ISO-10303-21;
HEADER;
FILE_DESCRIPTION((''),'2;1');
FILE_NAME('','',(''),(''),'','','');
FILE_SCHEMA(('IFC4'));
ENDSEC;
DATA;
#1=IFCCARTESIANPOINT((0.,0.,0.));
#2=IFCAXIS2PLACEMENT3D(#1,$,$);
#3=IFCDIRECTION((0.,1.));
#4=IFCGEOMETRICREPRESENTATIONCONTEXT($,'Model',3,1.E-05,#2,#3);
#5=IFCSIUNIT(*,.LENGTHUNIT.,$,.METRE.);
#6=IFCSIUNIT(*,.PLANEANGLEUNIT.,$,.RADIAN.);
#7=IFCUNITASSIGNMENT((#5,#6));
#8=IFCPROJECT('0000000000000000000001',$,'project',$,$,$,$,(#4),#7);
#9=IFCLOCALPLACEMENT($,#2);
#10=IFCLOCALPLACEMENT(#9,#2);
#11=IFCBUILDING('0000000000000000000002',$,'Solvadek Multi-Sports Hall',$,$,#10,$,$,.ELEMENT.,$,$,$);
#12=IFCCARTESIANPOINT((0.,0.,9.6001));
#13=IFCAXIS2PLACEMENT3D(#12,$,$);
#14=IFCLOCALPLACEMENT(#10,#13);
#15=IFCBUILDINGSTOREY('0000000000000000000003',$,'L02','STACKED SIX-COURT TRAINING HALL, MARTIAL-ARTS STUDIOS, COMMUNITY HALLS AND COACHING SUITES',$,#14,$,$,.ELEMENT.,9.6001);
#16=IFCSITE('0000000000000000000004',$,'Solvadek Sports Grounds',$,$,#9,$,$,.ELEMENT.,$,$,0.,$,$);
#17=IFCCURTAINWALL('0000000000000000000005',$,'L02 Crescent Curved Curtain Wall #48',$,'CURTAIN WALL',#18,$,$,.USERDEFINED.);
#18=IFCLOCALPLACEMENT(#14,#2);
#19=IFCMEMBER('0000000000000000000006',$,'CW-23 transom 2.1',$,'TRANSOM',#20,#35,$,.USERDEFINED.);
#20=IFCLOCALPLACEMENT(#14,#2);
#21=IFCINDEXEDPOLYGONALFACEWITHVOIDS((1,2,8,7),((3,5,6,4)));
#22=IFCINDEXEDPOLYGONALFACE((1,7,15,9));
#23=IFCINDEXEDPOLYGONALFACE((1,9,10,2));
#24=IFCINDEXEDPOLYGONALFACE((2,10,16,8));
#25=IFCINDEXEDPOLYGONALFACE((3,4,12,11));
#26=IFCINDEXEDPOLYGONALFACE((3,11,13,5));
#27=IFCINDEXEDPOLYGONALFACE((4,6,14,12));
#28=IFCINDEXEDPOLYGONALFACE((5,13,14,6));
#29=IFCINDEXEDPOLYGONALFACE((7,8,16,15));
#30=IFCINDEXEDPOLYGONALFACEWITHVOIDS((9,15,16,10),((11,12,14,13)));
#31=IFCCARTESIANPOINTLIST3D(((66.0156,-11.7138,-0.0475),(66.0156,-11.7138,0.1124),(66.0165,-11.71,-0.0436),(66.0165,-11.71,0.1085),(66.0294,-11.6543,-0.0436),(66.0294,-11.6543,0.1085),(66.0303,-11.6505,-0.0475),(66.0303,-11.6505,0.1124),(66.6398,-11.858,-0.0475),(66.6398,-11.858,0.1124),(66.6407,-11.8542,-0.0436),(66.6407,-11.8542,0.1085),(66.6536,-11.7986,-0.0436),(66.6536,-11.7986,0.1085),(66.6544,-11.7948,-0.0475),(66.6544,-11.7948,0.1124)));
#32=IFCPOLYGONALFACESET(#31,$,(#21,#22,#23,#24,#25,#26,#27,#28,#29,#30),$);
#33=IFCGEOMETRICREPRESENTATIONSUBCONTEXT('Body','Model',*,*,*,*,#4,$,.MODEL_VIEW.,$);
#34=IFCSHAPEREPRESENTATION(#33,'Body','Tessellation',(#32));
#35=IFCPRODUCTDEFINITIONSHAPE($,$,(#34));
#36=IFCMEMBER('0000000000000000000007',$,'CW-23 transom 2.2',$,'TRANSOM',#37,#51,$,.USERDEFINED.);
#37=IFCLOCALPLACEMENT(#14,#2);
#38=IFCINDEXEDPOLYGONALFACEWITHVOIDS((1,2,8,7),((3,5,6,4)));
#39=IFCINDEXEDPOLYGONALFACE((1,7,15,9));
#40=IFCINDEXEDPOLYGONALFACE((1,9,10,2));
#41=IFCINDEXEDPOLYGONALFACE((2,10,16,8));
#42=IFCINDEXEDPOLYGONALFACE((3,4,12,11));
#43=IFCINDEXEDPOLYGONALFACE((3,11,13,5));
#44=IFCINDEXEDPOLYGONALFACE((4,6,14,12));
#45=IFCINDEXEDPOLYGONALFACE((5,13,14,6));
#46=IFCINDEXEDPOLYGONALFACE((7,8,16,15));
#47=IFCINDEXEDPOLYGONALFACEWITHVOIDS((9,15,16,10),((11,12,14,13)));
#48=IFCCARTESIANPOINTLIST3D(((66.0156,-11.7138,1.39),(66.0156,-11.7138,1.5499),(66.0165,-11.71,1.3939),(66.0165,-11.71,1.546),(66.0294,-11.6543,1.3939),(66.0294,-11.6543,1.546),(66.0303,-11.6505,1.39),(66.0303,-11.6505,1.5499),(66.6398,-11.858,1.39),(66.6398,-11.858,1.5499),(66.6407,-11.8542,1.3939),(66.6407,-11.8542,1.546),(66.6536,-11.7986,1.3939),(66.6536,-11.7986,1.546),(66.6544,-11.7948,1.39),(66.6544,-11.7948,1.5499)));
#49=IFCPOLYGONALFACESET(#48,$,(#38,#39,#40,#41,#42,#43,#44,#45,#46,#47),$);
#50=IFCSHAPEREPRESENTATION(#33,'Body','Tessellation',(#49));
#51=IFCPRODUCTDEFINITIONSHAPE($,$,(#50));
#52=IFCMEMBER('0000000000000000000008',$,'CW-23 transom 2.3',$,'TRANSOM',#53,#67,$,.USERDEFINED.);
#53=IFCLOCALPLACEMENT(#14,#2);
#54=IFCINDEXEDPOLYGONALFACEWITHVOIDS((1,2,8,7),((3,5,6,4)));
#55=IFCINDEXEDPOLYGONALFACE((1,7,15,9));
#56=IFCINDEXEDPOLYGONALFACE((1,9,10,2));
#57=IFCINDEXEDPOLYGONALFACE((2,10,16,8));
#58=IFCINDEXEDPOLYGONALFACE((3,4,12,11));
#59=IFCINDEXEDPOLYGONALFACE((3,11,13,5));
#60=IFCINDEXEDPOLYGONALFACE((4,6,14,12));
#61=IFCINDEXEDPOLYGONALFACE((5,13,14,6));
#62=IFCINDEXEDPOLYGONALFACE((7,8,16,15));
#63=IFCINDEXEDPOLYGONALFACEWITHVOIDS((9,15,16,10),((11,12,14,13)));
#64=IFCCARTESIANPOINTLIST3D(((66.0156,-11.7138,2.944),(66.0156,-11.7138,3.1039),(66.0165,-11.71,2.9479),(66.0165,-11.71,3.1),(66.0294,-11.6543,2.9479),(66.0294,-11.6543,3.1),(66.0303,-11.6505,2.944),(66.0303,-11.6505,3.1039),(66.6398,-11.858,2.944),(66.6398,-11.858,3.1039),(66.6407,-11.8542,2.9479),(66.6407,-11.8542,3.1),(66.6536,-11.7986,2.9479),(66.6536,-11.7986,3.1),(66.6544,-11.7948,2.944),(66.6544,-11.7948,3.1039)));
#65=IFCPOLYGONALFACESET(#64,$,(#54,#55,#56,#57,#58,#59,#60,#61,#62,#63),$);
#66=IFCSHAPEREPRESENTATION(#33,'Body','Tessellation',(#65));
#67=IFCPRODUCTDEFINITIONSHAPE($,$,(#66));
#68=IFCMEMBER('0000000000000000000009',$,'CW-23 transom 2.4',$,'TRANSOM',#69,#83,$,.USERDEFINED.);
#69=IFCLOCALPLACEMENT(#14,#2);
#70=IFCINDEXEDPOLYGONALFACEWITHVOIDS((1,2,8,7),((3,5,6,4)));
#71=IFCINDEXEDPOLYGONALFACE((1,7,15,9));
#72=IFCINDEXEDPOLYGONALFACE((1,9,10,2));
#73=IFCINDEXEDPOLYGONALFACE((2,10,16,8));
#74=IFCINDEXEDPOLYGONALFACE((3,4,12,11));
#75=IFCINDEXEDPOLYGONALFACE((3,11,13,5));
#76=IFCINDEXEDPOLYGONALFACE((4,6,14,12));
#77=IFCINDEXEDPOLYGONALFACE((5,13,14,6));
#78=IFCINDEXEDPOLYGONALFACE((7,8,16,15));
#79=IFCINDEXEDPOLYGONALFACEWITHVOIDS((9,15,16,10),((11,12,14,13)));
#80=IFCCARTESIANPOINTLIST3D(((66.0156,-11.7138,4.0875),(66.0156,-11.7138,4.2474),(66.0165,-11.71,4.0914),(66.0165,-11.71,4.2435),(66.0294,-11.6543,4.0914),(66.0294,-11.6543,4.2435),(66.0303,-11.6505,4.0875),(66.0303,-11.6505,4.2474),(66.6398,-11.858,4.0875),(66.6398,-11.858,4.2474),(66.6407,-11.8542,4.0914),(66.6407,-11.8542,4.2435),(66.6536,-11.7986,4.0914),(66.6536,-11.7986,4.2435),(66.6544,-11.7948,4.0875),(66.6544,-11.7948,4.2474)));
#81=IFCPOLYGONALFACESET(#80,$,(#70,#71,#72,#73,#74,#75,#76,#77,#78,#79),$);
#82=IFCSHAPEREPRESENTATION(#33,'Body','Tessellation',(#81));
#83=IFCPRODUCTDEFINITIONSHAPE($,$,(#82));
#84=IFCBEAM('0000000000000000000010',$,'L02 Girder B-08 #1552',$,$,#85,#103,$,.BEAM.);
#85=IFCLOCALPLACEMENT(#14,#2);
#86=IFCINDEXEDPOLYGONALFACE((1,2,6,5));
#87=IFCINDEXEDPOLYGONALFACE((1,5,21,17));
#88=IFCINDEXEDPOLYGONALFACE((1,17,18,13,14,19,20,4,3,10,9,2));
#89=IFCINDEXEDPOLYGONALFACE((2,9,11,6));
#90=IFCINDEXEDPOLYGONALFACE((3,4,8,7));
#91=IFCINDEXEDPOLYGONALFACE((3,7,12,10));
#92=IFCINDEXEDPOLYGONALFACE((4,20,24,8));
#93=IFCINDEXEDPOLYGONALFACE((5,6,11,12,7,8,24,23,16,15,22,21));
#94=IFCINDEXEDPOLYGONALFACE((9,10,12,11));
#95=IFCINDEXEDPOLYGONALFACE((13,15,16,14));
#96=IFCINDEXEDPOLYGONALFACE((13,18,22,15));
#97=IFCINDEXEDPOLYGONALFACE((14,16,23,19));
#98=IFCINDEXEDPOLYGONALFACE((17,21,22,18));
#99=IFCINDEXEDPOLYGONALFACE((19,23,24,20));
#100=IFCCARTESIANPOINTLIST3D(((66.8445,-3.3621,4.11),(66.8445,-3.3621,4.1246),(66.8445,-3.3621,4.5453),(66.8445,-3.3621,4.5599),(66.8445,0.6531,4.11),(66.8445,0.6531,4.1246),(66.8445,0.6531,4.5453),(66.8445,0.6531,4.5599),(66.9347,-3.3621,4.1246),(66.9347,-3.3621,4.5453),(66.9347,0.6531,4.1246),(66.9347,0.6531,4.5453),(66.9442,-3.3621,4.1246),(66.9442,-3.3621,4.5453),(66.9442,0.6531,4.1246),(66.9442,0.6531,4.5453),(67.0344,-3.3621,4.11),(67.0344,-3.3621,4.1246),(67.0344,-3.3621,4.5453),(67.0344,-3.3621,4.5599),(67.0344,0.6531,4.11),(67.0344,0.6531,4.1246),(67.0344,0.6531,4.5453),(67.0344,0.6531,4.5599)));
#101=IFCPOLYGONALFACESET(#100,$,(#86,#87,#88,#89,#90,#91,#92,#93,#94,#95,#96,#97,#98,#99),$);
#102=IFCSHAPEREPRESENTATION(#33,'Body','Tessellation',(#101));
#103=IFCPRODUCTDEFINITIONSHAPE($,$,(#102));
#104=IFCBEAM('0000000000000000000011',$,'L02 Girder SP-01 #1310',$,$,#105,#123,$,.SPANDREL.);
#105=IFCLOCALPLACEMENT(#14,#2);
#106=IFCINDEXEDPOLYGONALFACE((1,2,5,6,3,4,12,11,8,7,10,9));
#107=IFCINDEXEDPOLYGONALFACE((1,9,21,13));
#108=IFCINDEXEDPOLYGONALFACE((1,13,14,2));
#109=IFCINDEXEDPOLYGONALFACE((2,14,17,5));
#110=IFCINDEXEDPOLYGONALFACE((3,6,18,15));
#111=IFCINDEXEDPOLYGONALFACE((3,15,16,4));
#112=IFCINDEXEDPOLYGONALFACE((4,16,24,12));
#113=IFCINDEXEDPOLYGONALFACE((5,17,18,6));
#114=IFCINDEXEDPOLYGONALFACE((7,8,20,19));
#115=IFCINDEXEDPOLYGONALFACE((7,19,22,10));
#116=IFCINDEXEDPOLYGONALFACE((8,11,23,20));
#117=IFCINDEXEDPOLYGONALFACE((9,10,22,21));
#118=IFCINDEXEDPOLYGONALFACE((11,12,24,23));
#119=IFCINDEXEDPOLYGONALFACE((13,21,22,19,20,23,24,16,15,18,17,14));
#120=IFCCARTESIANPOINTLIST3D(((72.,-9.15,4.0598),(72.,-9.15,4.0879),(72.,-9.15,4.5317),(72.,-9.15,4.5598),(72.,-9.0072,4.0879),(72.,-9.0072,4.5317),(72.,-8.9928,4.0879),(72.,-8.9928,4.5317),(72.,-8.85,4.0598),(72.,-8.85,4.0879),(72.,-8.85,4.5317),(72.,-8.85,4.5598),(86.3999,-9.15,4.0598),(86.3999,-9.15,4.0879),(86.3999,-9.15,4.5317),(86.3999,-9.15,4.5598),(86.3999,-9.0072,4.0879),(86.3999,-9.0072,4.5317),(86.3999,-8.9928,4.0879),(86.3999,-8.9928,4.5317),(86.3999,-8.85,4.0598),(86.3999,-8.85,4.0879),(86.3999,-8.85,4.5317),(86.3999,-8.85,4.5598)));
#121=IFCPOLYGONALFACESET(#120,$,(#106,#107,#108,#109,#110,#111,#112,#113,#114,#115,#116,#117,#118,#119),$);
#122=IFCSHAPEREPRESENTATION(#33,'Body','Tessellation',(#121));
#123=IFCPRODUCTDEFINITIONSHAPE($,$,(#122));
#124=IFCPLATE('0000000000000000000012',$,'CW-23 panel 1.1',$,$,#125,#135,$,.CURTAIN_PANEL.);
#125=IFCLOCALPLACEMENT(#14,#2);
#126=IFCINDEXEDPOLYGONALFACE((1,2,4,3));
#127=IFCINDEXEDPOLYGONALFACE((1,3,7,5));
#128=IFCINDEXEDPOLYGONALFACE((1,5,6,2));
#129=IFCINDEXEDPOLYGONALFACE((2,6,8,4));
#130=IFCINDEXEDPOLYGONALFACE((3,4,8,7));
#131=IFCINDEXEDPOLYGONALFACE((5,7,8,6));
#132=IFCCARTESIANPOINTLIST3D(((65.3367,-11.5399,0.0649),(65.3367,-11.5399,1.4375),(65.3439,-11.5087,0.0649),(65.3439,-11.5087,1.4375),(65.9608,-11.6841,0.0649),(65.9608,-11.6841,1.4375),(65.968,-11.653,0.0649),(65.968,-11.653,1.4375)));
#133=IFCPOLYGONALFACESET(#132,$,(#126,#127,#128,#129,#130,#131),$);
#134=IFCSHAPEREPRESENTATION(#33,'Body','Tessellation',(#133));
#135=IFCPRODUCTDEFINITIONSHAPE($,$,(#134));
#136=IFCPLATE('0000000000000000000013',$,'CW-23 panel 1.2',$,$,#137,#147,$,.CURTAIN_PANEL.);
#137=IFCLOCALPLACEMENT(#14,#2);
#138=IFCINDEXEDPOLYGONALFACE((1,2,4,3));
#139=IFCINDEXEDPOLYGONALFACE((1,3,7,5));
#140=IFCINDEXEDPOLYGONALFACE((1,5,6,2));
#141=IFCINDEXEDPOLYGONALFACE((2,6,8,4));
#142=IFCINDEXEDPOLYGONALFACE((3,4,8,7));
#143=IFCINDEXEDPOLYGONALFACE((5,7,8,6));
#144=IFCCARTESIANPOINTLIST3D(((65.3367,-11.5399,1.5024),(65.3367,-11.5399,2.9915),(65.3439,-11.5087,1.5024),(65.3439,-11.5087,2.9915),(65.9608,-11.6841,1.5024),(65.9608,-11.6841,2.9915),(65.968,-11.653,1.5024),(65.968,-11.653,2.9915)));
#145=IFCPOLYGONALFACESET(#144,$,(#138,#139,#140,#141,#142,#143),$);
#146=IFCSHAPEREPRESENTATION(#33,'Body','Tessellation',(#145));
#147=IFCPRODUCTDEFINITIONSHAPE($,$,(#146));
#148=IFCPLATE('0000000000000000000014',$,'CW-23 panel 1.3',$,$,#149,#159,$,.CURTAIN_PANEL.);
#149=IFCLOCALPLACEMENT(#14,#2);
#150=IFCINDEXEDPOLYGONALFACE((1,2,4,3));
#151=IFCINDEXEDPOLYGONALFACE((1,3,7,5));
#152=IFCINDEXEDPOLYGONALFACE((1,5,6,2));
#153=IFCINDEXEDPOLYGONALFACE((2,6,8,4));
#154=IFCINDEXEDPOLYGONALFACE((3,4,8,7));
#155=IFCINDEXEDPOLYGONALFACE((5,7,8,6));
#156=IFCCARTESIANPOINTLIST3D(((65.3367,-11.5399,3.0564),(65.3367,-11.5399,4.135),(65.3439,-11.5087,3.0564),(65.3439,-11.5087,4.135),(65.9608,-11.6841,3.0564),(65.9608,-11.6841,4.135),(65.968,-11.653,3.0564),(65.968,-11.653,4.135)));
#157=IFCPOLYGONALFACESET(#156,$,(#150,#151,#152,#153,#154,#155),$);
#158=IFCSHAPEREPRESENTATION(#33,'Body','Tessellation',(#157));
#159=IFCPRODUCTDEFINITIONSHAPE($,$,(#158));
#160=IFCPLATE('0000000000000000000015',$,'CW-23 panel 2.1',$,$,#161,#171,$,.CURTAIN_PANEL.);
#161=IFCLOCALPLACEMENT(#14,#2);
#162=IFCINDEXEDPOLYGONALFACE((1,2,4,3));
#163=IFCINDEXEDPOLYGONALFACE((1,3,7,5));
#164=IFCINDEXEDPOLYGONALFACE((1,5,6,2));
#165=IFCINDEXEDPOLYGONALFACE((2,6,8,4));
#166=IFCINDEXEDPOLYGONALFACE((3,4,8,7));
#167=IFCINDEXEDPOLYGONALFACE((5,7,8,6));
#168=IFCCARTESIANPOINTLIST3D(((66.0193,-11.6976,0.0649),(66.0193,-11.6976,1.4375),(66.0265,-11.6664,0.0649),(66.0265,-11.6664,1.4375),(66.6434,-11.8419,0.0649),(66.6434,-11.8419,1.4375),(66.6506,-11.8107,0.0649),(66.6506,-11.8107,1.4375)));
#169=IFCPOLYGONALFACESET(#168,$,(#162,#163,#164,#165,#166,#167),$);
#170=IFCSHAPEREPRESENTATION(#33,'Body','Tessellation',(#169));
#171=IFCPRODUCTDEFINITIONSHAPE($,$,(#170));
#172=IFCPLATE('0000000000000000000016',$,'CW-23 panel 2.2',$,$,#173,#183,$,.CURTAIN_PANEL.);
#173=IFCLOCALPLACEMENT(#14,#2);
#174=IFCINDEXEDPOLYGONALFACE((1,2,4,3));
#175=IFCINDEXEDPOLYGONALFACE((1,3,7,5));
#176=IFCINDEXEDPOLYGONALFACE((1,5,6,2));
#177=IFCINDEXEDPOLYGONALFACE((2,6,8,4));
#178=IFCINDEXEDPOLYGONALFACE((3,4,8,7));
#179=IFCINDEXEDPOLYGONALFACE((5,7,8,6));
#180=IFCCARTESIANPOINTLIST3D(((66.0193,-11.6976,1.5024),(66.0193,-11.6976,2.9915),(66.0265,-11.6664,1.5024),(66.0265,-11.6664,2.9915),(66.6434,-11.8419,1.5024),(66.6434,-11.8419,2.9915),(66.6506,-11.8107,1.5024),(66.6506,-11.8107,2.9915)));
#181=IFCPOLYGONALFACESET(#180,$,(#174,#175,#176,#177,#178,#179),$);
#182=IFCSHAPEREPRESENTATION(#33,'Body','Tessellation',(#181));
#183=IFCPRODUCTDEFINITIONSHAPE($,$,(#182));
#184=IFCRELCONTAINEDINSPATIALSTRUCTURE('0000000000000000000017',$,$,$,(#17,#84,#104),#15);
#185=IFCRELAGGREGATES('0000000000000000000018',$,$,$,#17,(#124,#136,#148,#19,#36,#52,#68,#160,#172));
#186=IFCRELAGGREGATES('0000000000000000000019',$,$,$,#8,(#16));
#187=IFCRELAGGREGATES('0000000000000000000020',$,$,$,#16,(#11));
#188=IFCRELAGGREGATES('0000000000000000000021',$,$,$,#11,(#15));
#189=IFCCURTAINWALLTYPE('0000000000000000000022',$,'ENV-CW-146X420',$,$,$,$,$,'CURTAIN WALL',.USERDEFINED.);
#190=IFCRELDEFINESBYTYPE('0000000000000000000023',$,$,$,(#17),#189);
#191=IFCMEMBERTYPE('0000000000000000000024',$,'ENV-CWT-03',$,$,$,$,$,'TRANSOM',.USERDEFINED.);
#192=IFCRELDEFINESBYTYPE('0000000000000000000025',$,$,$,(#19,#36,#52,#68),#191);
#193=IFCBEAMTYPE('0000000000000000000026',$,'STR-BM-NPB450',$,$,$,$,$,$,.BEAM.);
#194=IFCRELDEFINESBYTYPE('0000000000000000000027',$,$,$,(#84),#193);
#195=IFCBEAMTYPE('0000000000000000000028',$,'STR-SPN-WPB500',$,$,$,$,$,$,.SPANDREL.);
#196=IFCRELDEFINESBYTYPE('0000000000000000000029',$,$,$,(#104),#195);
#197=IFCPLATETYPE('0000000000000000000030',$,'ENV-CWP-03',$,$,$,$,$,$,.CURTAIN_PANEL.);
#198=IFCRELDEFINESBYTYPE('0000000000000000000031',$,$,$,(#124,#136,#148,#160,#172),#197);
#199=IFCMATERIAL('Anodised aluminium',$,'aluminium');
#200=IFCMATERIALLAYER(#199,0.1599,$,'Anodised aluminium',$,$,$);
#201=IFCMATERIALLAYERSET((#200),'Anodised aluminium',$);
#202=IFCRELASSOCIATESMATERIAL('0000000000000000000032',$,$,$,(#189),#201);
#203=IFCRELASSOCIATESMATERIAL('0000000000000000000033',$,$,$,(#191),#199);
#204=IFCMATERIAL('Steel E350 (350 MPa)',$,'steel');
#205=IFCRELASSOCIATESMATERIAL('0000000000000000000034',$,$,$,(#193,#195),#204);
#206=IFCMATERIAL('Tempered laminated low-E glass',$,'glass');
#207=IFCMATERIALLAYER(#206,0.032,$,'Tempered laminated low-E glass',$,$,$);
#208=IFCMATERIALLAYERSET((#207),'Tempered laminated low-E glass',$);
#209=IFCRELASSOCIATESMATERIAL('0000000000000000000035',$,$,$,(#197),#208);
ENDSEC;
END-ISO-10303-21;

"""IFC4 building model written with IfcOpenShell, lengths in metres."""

from ifc_helpers import new_model, si_unit, direction, frame, origin, origin_2d, place, context, subcontext, project, spatial, rectangle, hollow_rectangle, i_section, extrude, material, layer, layer_set, material_profile, profile_set, type_object, element, aggregate, save


model = new_model("IFC4")

# Units and contexts
model_context = context("Model", 3, precision=1e-05, world=origin(), true_north=direction((0.0, 1.0)))
body_context = subcontext(model_context, "Body", "Model", "MODEL_VIEW")
ifc_project = project(units=[si_unit("LENGTHUNIT", "METRE"), si_unit("PLANEANGLEUNIT", "RADIAN")], contexts=[model_context])

# Site, building, storey
site_placement = place(None, origin())
site = spatial("IfcSite", under=ifc_project, at=site_placement, Name="Solvadek Sports Grounds", CompositionType="ELEMENT", RefElevation=0.0)
building_placement = place(site_placement, origin())
building = spatial("IfcBuilding", under=site, at=building_placement, Name="Solvadek Multi-Sports Hall", CompositionType="ELEMENT")
storey_placement = place(building_placement, frame((0.0, 0.0, 9.6001)))
storey = spatial("IfcBuildingStorey", under=building, at=storey_placement, Name="L02", Description="STACKED SIX-COURT TRAINING HALL, MARTIAL-ARTS STUDIOS, COMMUNITY HALLS AND COACHING SUITES", CompositionType="ELEMENT", Elevation=9.6001)

# Shared definitions
ifc_material_1 = material(Name="Steel E350 (350 MPa)", Category="steel")

# Curtain wall
ifc_material_2 = material(Name="Anodised aluminium", Category="aluminium")
ifc_layer_1 = layer(ifc_material_2, 0.1599, Name="Anodised aluminium")
ifc_layer_set_1 = layer_set([ifc_layer_1], Name="Anodised aluminium")
curtain_wall_type_1 = type_object("IfcCurtainWallType", Name="ENV-CW-146X420", ElementType="CURTAIN WALL", PredefinedType="USERDEFINED", material=ifc_layer_set_1)
curtain_wall_1_placement = place(storey_placement, origin())
curtain_wall_1 = element("IfcCurtainWall", 1, at=curtain_wall_1_placement, inside=storey, type_object=curtain_wall_type_1, Name="L02 Crescent Curved Curtain Wall #48", ObjectType="CURTAIN WALL", PredefinedType="USERDEFINED")

# Members
ifc_material_profile_1 = material_profile(ifc_material_2, hollow_rectangle(XDim=0.0649, YDim=0.1599, WallThickness=0.0039, at=origin_2d()), Name="ALU-T 160x65x4")
ifc_profile_set_1 = profile_set([ifc_material_profile_1], Name="Anodised aluminium")
member_type_1 = type_object("IfcMemberType", Name="ENV-CWT-03", ElementType="TRANSOM", PredefinedType="USERDEFINED", material=ifc_profile_set_1)
member_1_placement = place(storey_placement, frame((66.0229, -11.6821, 0.0325), z_axis=(0.974314, -0.225193, 0.0), x_axis=(0.225193, 0.974314, 0.0)))
member_1 = element("IfcMember", 2, at=member_1_placement, type_object=member_type_1, Name="CW-23 transom 2.1", ObjectType="TRANSOM", PredefinedType="USERDEFINED", context=body_context, shape_type="SweptSolid", body=[
    extrude(hollow_rectangle(XDim=0.0649, YDim=0.1599, WallThickness=0.0039, at=origin_2d()), origin(), (0.0, 0.0, 1.0), 0.6406),
])
member_2_placement = place(storey_placement, frame((66.0229, -11.6821, 1.47), z_axis=(0.974314, -0.225193, 0.0), x_axis=(0.225193, 0.974314, 0.0)))
member_2 = element("IfcMember", 3, at=member_2_placement, type_object=member_type_1, Name="CW-23 transom 2.2", ObjectType="TRANSOM", PredefinedType="USERDEFINED", context=body_context, shape_type="SweptSolid", body=[
    extrude(hollow_rectangle(XDim=0.0649, YDim=0.1599, WallThickness=0.0039, at=origin_2d()), origin(), (0.0, 0.0, 1.0), 0.6406),
])
member_3_placement = place(storey_placement, frame((66.0229, -11.6821, 3.0239), z_axis=(0.974314, -0.225193, 0.0), x_axis=(0.225193, 0.974314, 0.0)))
member_3 = element("IfcMember", 4, at=member_3_placement, type_object=member_type_1, Name="CW-23 transom 2.3", ObjectType="TRANSOM", PredefinedType="USERDEFINED", context=body_context, shape_type="SweptSolid", body=[
    extrude(hollow_rectangle(XDim=0.0649, YDim=0.1599, WallThickness=0.0039, at=origin_2d()), origin(), (0.0, 0.0, 1.0), 0.6406),
])
member_4_placement = place(storey_placement, frame((66.0229, -11.6821, 4.1675), z_axis=(0.974314, -0.225193, 0.0), x_axis=(0.225193, 0.974314, 0.0)))
member_4 = element("IfcMember", 5, at=member_4_placement, type_object=member_type_1, Name="CW-23 transom 2.4", ObjectType="TRANSOM", PredefinedType="USERDEFINED", context=body_context, shape_type="SweptSolid", body=[
    extrude(hollow_rectangle(XDim=0.0649, YDim=0.1599, WallThickness=0.0039, at=origin_2d()), origin(), (0.0, 0.0, 1.0), 0.6406),
])

# Beams
ifc_material_profile_2 = material_profile(ifc_material_1, i_section(OverallWidth=0.1899, OverallDepth=0.45, WebThickness=0.0095, FlangeThickness=0.0146, at=origin_2d()), Name="NPB 450")
ifc_profile_set_2 = profile_set([ifc_material_profile_2], Name="Steel E350 (350 MPa)")
beam_type_1 = type_object("IfcBeamType", Name="STR-BM-NPB450", PredefinedType="BEAM", material=ifc_profile_set_2)
beam_1_placement = place(storey_placement, frame((66.9395, -3.3621, 4.335), z_axis=(0.0, 1.0, 0.0), x_axis=(-1.0, 0.0, 0.0)))
element("IfcBeam", 6, at=beam_1_placement, inside=storey, type_object=beam_type_1, Name="L02 Girder B-08 #1552", PredefinedType="BEAM", context=body_context, shape_type="SweptSolid", body=[
    extrude(i_section(OverallWidth=0.1899, OverallDepth=0.45, WebThickness=0.0095, FlangeThickness=0.0146, at=origin_2d()), origin(), (0.0, 0.0, 1.0), 4.0151),
])
ifc_material_profile_3 = material_profile(ifc_material_1, i_section(OverallWidth=0.3, OverallDepth=0.5, WebThickness=0.0144, FlangeThickness=0.0281, at=origin_2d()), Name="WPB 500")
ifc_profile_set_3 = profile_set([ifc_material_profile_3], Name="Steel E350 (350 MPa)")
beam_type_2 = type_object("IfcBeamType", Name="STR-SPN-WPB500", PredefinedType="SPANDREL", material=ifc_profile_set_3)
beam_2_placement = place(storey_placement, frame((72.0, -9.0, 4.3098), z_axis=(1.0, 0.0, 0.0), x_axis=(0.0, 1.0, 0.0)))
element("IfcBeam", 7, at=beam_2_placement, inside=storey, type_object=beam_type_2, Name="L02 Girder SP-01 #1310", PredefinedType="SPANDREL", context=body_context, shape_type="SweptSolid", body=[
    extrude(i_section(OverallWidth=0.3, OverallDepth=0.5, WebThickness=0.0144, FlangeThickness=0.0281, at=origin_2d()), origin(), (0.0, 0.0, 1.0), 14.3999),
])

# Plates
ifc_material_3 = material(Name="Tempered laminated low-E glass", Category="glass")
ifc_layer_2 = layer(ifc_material_3, 0.032, Name="Tempered laminated low-E glass")
ifc_layer_set_2 = layer_set([ifc_layer_2], Name="Tempered laminated low-E glass")
plate_type_1 = type_object("IfcPlateType", Name="ENV-CWP-03", PredefinedType="CURTAIN_PANEL", material=ifc_layer_set_2)
plate_1_placement = place(storey_placement, frame((65.6523, -11.5964, 0.0649), z_axis=(0.0, 0.0, 1.0), x_axis=(0.974315, -0.225189, 0.0)))
plate_1 = element("IfcPlate", 8, at=plate_1_placement, type_object=plate_type_1, Name="CW-23 panel 1.1", PredefinedType="CURTAIN_PANEL", context=body_context, shape_type="SweptSolid", body=[
    extrude(rectangle(XDim=0.6406, YDim=0.032, at=origin_2d()), origin(), (0.0, 0.0, 1.0), 1.3726),
])
plate_2_placement = place(storey_placement, frame((65.6523, -11.5964, 1.5024), z_axis=(0.0, 0.0, 1.0), x_axis=(0.974315, -0.225189, 0.0)))
plate_2 = element("IfcPlate", 9, at=plate_2_placement, type_object=plate_type_1, Name="CW-23 panel 1.2", PredefinedType="CURTAIN_PANEL", context=body_context, shape_type="SweptSolid", body=[
    extrude(rectangle(XDim=0.6406, YDim=0.032, at=origin_2d()), origin(), (0.0, 0.0, 1.0), 1.489),
])
plate_3_placement = place(storey_placement, frame((65.6523, -11.5964, 3.0564), z_axis=(0.0, 0.0, 1.0), x_axis=(0.974315, -0.225189, 0.0)))
plate_3 = element("IfcPlate", 10, at=plate_3_placement, type_object=plate_type_1, Name="CW-23 panel 1.3", PredefinedType="CURTAIN_PANEL", context=body_context, shape_type="SweptSolid", body=[
    extrude(rectangle(XDim=0.6406, YDim=0.032, at=origin_2d()), origin(), (0.0, 0.0, 1.0), 1.0786),
])
plate_4_placement = place(storey_placement, frame((66.335, -11.7542, 0.0649), z_axis=(0.0, 0.0, 1.0), x_axis=(0.974315, -0.225189, 0.0)))
plate_4 = element("IfcPlate", 11, at=plate_4_placement, type_object=plate_type_1, Name="CW-23 panel 2.1", PredefinedType="CURTAIN_PANEL", context=body_context, shape_type="SweptSolid", body=[
    extrude(rectangle(XDim=0.6406, YDim=0.032, at=origin_2d()), origin(), (0.0, 0.0, 1.0), 1.3726),
])
plate_5_placement = place(storey_placement, frame((66.335, -11.7542, 1.5024), z_axis=(0.0, 0.0, 1.0), x_axis=(0.974315, -0.225189, 0.0)))
plate_5 = element("IfcPlate", 12, at=plate_5_placement, type_object=plate_type_1, Name="CW-23 panel 2.2", PredefinedType="CURTAIN_PANEL", context=body_context, shape_type="SweptSolid", body=[
    extrude(rectangle(XDim=0.6406, YDim=0.032, at=origin_2d()), origin(), (0.0, 0.0, 1.0), 1.489),
])
aggregate(curtain_wall_1, [plate_1, plate_2, plate_3, member_1, member_2, member_3, member_4, plate_4, plate_5])

save(model, "model.ifc")
